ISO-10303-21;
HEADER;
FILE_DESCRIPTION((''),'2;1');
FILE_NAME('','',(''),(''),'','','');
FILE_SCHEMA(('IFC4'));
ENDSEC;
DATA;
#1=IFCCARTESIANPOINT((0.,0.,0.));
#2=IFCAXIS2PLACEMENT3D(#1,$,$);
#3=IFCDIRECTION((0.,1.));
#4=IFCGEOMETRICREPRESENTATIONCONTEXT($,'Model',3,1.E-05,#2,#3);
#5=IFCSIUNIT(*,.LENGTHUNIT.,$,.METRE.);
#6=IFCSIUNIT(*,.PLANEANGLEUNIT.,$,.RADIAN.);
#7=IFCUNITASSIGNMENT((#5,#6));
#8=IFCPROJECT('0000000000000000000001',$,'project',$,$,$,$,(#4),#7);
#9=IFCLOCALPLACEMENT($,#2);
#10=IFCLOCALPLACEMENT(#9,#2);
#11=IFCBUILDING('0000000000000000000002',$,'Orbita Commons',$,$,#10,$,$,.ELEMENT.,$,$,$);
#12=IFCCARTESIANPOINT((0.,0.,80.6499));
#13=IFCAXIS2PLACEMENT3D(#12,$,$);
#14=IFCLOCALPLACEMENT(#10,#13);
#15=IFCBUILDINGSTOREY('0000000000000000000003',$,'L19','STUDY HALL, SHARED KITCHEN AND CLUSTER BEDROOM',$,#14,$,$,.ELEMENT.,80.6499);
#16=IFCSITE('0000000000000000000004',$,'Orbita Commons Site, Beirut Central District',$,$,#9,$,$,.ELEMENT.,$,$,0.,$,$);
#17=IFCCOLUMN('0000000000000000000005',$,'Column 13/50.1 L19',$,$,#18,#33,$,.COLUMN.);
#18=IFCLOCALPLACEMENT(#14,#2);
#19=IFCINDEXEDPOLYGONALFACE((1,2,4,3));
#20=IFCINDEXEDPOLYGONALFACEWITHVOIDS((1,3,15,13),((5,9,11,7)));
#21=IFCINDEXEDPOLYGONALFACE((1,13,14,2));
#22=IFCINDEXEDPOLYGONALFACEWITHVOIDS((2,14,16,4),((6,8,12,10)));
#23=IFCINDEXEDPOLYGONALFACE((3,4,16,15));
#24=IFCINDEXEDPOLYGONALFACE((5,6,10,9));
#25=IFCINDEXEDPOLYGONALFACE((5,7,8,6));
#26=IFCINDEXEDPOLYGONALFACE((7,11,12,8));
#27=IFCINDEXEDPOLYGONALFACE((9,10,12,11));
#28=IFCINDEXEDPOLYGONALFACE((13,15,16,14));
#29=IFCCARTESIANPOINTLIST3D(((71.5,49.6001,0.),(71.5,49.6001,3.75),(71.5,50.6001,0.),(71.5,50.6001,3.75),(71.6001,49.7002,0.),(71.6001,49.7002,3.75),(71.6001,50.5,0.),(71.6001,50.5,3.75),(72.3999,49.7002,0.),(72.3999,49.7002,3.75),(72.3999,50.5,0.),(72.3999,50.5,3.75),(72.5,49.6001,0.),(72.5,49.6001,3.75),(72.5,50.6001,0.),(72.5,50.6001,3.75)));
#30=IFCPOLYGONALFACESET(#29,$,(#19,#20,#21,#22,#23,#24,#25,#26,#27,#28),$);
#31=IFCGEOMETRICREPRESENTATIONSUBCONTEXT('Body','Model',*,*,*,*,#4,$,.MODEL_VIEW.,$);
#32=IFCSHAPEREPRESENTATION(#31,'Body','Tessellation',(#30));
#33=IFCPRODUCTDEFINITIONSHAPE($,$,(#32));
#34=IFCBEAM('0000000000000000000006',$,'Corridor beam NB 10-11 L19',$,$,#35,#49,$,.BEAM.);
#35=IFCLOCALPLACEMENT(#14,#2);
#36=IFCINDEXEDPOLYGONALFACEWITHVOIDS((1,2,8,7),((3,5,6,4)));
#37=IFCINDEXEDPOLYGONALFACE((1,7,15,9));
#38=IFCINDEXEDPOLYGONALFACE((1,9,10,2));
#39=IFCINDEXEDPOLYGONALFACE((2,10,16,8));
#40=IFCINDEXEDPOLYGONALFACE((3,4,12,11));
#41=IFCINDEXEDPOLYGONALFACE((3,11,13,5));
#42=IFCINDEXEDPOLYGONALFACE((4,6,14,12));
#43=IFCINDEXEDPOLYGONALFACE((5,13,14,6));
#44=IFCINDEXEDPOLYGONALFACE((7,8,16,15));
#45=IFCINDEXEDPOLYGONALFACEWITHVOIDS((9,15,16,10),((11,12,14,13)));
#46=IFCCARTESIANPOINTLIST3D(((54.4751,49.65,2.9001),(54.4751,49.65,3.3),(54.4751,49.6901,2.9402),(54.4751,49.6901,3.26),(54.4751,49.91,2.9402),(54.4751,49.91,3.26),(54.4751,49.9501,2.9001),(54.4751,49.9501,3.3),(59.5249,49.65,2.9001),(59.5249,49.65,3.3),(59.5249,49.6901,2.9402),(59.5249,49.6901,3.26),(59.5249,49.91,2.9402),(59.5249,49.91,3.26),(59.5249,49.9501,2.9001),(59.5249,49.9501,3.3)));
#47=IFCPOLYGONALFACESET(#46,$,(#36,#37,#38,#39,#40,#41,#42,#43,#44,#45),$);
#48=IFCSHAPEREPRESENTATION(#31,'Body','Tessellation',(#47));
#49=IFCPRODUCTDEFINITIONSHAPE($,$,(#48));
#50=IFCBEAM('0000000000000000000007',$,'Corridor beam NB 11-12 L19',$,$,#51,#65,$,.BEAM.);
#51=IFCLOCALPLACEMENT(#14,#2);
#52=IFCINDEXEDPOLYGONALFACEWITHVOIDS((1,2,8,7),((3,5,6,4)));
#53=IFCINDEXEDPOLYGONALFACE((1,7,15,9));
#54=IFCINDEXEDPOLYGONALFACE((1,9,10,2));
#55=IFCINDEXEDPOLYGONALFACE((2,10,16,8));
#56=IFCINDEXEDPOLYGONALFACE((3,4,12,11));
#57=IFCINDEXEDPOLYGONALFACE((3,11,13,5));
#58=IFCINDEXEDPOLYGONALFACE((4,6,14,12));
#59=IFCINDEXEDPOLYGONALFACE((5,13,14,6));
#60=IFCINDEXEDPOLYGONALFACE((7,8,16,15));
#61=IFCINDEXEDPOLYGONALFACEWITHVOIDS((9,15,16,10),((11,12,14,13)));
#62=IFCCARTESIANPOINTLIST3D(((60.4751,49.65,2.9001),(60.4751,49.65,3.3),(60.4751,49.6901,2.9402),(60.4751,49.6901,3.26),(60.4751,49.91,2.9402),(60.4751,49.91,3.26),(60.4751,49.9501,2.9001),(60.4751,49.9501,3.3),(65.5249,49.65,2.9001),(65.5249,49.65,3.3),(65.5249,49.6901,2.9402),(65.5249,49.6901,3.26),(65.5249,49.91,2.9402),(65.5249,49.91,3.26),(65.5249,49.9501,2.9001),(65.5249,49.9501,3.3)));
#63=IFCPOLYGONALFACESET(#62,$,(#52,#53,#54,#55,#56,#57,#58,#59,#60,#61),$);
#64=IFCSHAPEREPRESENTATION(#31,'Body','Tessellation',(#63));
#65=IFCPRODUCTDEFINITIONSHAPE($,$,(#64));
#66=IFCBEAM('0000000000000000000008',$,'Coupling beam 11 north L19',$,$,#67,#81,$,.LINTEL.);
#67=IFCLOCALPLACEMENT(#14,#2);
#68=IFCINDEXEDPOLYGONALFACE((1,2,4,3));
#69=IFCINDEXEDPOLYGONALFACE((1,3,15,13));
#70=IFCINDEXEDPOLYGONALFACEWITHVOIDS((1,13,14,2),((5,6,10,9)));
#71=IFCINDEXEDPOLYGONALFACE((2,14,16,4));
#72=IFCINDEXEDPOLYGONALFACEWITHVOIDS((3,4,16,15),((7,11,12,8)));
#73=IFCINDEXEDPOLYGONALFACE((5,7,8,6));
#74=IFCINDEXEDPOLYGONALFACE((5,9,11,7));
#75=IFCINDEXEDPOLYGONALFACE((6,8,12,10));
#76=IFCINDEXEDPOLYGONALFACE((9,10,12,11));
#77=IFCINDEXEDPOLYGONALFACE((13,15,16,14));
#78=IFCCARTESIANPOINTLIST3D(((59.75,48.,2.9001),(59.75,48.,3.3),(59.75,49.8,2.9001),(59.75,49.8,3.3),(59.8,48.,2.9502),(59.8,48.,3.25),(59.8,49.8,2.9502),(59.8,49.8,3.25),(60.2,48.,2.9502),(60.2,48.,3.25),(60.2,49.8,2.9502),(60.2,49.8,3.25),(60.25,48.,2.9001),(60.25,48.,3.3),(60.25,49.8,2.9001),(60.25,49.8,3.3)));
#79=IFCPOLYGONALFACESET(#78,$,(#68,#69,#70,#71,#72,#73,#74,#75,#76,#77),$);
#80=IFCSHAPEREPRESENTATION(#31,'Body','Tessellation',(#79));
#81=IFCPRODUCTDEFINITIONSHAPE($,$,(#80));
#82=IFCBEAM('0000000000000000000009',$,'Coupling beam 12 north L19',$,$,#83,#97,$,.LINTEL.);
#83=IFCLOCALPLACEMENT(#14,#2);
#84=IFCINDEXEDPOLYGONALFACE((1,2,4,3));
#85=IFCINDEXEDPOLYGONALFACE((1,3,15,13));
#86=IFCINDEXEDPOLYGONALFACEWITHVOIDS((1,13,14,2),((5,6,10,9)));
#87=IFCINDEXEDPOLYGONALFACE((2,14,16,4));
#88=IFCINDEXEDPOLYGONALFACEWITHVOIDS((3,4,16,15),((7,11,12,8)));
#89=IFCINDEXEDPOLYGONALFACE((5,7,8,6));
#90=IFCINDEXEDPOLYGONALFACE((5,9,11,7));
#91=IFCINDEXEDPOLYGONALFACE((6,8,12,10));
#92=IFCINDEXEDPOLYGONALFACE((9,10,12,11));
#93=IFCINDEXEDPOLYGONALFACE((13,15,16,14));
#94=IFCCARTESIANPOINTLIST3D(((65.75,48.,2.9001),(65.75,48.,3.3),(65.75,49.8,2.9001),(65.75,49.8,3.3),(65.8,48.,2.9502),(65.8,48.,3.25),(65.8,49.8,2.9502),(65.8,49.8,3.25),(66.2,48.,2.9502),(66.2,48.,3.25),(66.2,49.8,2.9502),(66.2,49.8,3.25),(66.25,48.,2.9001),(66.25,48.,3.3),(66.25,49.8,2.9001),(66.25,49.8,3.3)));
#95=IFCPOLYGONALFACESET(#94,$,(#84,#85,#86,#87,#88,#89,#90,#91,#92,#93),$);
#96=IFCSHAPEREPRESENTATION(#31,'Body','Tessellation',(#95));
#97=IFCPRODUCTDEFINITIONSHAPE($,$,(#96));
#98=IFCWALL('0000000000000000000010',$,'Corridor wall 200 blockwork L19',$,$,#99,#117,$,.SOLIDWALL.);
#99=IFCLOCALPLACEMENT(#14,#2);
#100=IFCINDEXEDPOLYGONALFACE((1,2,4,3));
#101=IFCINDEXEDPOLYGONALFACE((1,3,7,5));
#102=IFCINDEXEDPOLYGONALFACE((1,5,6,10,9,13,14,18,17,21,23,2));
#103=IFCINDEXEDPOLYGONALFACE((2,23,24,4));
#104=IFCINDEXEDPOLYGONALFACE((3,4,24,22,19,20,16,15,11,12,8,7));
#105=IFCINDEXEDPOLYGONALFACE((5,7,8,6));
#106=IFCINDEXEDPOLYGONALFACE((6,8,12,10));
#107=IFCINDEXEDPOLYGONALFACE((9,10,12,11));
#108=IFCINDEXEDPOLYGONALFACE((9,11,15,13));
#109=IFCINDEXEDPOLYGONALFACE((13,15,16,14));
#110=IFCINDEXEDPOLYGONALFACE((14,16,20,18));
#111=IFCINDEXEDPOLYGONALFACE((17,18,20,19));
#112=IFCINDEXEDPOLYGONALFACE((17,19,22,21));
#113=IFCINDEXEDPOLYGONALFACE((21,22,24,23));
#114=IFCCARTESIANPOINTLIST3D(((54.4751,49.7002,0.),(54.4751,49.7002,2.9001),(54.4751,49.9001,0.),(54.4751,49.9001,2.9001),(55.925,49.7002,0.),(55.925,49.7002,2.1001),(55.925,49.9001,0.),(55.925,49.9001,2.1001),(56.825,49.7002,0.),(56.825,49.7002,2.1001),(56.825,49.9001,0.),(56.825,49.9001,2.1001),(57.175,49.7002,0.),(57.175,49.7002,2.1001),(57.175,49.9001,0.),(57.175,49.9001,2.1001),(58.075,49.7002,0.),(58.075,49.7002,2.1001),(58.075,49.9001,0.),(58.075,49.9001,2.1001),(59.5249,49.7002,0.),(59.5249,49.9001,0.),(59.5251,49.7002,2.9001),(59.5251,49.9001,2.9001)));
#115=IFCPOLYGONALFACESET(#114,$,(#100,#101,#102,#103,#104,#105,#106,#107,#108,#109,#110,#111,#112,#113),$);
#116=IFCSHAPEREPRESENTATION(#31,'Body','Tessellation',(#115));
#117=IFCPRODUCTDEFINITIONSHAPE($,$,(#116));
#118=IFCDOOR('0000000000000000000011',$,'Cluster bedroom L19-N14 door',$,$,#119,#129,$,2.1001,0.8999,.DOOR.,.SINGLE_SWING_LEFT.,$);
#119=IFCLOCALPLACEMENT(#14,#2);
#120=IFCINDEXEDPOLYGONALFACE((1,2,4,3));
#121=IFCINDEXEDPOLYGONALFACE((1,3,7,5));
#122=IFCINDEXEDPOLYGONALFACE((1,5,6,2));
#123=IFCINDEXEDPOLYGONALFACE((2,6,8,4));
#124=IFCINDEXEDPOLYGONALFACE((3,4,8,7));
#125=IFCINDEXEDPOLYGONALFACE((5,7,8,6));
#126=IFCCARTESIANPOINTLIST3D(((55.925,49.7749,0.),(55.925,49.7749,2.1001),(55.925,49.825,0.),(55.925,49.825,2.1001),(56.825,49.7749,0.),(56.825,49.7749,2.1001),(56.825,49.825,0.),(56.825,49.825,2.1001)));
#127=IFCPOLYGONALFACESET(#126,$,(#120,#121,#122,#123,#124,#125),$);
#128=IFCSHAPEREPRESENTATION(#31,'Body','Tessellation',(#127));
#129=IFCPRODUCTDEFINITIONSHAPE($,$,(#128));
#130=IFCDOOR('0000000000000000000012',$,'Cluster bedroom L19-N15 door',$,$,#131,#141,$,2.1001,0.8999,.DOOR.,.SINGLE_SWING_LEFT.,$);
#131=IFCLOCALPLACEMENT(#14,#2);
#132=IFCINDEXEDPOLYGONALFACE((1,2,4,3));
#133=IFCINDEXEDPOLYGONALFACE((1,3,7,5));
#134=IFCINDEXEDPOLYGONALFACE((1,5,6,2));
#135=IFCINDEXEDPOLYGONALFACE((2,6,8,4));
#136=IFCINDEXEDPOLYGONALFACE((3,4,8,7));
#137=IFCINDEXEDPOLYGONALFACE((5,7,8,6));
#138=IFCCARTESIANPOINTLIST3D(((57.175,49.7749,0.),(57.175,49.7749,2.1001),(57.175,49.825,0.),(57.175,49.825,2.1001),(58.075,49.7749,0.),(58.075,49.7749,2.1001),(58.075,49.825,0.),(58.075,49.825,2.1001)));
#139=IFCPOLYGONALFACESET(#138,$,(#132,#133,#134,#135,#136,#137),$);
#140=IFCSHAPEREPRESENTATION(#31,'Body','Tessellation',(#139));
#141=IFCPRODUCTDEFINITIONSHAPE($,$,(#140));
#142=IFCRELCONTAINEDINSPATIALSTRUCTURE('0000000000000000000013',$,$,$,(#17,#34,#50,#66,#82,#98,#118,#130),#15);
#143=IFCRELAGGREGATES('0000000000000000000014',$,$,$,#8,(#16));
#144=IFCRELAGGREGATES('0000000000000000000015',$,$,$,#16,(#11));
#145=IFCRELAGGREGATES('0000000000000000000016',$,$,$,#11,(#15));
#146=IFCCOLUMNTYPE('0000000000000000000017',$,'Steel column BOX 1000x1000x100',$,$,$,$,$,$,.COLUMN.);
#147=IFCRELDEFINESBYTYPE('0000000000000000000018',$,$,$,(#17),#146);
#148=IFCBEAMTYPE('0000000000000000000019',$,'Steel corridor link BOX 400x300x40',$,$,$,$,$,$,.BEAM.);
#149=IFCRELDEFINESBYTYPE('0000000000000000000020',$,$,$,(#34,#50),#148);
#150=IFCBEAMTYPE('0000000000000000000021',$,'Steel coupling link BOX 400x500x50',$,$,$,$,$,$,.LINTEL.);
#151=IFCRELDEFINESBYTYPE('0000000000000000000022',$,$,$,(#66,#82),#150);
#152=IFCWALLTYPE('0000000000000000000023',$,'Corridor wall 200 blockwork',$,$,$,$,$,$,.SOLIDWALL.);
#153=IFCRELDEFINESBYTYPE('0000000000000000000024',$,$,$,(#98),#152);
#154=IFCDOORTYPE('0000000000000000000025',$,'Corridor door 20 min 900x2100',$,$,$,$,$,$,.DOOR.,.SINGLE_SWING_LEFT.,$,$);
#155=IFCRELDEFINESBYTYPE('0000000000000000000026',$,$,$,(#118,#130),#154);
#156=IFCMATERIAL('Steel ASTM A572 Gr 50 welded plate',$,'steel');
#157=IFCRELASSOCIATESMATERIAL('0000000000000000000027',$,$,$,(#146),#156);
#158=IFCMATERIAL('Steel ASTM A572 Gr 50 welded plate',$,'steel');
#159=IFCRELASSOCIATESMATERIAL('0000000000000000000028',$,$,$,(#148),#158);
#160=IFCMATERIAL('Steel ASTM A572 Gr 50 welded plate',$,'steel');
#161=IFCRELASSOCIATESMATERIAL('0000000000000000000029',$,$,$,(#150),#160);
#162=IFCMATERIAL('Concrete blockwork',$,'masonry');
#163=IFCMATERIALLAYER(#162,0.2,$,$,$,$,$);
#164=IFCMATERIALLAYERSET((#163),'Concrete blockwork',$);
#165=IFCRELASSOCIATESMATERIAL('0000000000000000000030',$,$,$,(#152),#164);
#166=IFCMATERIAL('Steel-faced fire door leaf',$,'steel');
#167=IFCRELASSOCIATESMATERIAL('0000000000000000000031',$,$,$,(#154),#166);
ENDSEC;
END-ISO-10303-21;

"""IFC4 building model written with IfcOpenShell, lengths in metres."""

from ifc_helpers import new_model, si_unit, direction, frame, frame_2d, origin, origin_2d, place, context, subcontext, project, spatial, polyline, rectangle, hollow_rectangle, outline, extrude, material, layer, layer_set, material_profile, profile_set, type_object, element, fill, save


model = new_model("IFC4")

# Units and contexts
model_context = context("Model", 3, precision=1e-05, world=origin(), true_north=direction((0.0, 1.0)))
body_context = subcontext(model_context, "Body", "Model", "MODEL_VIEW")
ifc_project = project(units=[si_unit("LENGTHUNIT", "METRE"), si_unit("PLANEANGLEUNIT", "RADIAN")], contexts=[model_context])

# Site, building, storey
site_placement = place(None, origin())
site = spatial("IfcSite", under=ifc_project, at=site_placement, Name="Orbita Commons Site, Beirut Central District", CompositionType="ELEMENT", RefElevation=0.0)
building_placement = place(site_placement, origin())
building = spatial("IfcBuilding", under=site, at=building_placement, Name="Orbita Commons", CompositionType="ELEMENT")
storey_placement = place(building_placement, frame((0.0, 0.0, 80.6499)))
storey = spatial("IfcBuildingStorey", under=building, at=storey_placement, Name="L19", Description="STUDY HALL, SHARED KITCHEN AND CLUSTER BEDROOM", CompositionType="ELEMENT", Elevation=80.6499)

# Column
ifc_material_1 = material(Name="Steel ASTM A572 Gr 50 welded plate", Category="steel")
ifc_material_profile_1 = material_profile(ifc_material_1, hollow_rectangle(XDim=1.0, YDim=1.0, WallThickness=0.1001, at=origin_2d()), Name="BOX 1000x1000x100")
ifc_profile_set_1 = profile_set([ifc_material_profile_1], Name="Steel ASTM A572 Gr 50 welded plate")
column_type = type_object("IfcColumnType", Name="Steel column BOX 1000x1000x100", PredefinedType="COLUMN", material=ifc_profile_set_1)
column_placement = place(storey_placement, frame((72.0, 50.1001, 0.0), z_axis=(0.0, 0.0, 1.0), x_axis=(1.0, 0.0, 0.0)))
element("IfcColumn", 1, at=column_placement, inside=storey, type_object=column_type, Name="Column 13/50.1 L19", PredefinedType="COLUMN", context=body_context, shape_type="SweptSolid", body=[
    extrude(hollow_rectangle(XDim=1.0, YDim=1.0, WallThickness=0.1001, at=origin_2d()), origin(), (0.0, 0.0, 1.0), 3.75),
])

# Beams
ifc_material_2 = material(Name="Steel ASTM A572 Gr 50 welded plate", Category="steel")
ifc_material_profile_2 = material_profile(ifc_material_2, hollow_rectangle(XDim=0.3, YDim=0.3999, WallThickness=0.04, at=origin_2d()), Name="BOX 400x300x40")
ifc_profile_set_2 = profile_set([ifc_material_profile_2], Name="Steel ASTM A572 Gr 50 welded plate")
beam_type_1 = type_object("IfcBeamType", Name="Steel corridor link BOX 400x300x40", PredefinedType="BEAM", material=ifc_profile_set_2)
for number, where, z_axis, x_axis, name in (
    (2, (54.4751, 49.8, 3.1001), (1.0, 0.0, 0.0), (0.0, 1.0, 0.0), "Corridor beam NB 10-11 L19"),
    (3, (60.4751, 49.8, 3.1001), (1.0, 0.0, 0.0), (0.0, 1.0, 0.0), "Corridor beam NB 11-12 L19"),
):
    element("IfcBeam", number, at=place(storey_placement, frame(where, z_axis=z_axis, x_axis=x_axis)), inside=storey, type_object=beam_type_1, Name=name, PredefinedType="BEAM", context=body_context, shape_type="SweptSolid", body=[
        extrude(hollow_rectangle(XDim=0.3, YDim=0.3999, WallThickness=0.04, at=origin_2d()), origin(), (0.0, 0.0, 1.0), 5.0498),
    ])
ifc_material_3 = material(Name="Steel ASTM A572 Gr 50 welded plate", Category="steel")
ifc_material_profile_3 = material_profile(ifc_material_3, hollow_rectangle(XDim=0.5, YDim=0.3999, WallThickness=0.05, at=origin_2d()), Name="BOX 400x500x50")
ifc_profile_set_3 = profile_set([ifc_material_profile_3], Name="Steel ASTM A572 Gr 50 welded plate")
beam_type_2 = type_object("IfcBeamType", Name="Steel coupling link BOX 400x500x50", PredefinedType="LINTEL", material=ifc_profile_set_3)
for number, where, z_axis, x_axis, name in (
    (4, (60.0, 48.0, 3.1001), (0.0, 1.0, 0.0), (-1.0, 0.0, 0.0), "Coupling beam 11 north L19"),
    (5, (66.0, 48.0, 3.1001), (0.0, 1.0, 0.0), (-1.0, 0.0, 0.0), "Coupling beam 12 north L19"),
):
    element("IfcBeam", number, at=place(storey_placement, frame(where, z_axis=z_axis, x_axis=x_axis)), inside=storey, type_object=beam_type_2, Name=name, PredefinedType="LINTEL", context=body_context, shape_type="SweptSolid", body=[
        extrude(hollow_rectangle(XDim=0.5, YDim=0.3999, WallThickness=0.05, at=origin_2d()), origin(), (0.0, 0.0, 1.0), 1.8),
    ])

# Wall, openings, doors
ifc_material_4 = material(Name="Concrete blockwork", Category="masonry")
ifc_layer_1 = layer(ifc_material_4, 0.2)
ifc_layer_set_1 = layer_set([ifc_layer_1], Name="Concrete blockwork")
wall_type_1 = type_object("IfcWallType", Name="Corridor wall 200 blockwork", PredefinedType="SOLIDWALL", material=ifc_layer_set_1)
wall_1_placement = place(storey_placement, frame((54.4751, 49.8, 0.0), z_axis=(0.0, 0.0, 1.0), x_axis=(1.0, 0.0, 0.0)))
wall_1 = element("IfcWall", 6, at=wall_1_placement, inside=storey, type_object=wall_type_1, Name="Corridor wall 200 blockwork L19", PredefinedType="SOLIDWALL", context=body_context, shape_type="SweptSolid", body=[
    extrude(outline(polyline([(0.0, 0.0), (5.0498, 0.0), (5.05, 2.9001), (0.0, 2.9001), (0.0, 0.0)])), frame((0.0, 0.1001, 0.0), z_axis=(0.0, -1.0, 0.0), x_axis=(1.0, 0.0, 0.0)), (0.0, 0.0, 1.0), 0.2),
])
opening_1_placement = place(wall_1_placement, frame((1.45, 0.0, 0.0)))
opening_1 = element("IfcOpeningElement", 7, at=opening_1_placement, cuts=wall_1, PredefinedType="OPENING", context=body_context, shape_type="SweptSolid", body=[
    extrude(rectangle(XDim=0.8999, YDim=2.1001, at=frame_2d((0.45, 1.05))), frame((0.0, 0.1099, 0.0), z_axis=(0.0, -1.0, 0.0), x_axis=(1.0, 0.0, 0.0)), (0.0, 0.0, 1.0), 0.22),
])
opening_2_placement = place(wall_1_placement, frame((2.7, 0.0, 0.0)))
opening_2 = element("IfcOpeningElement", 8, at=opening_2_placement, cuts=wall_1, PredefinedType="OPENING", context=body_context, shape_type="SweptSolid", body=[
    extrude(rectangle(XDim=0.8999, YDim=2.1001, at=frame_2d((0.45, 1.05))), frame((0.0, 0.1099, 0.0), z_axis=(0.0, -1.0, 0.0), x_axis=(1.0, 0.0, 0.0)), (0.0, 0.0, 1.0), 0.22),
])
ifc_material_5 = material(Name="Steel-faced fire door leaf", Category="steel")
door_type_1 = type_object("IfcDoorType", Name="Corridor door 20 min 900x2100", OperationType="SINGLE_SWING_LEFT", PredefinedType="DOOR", material=ifc_material_5)
door_1_placement = place(opening_1_placement, origin())
door_1 = element("IfcDoor", 9, at=door_1_placement, inside=storey, type_object=door_type_1, Name="Cluster bedroom L19-N14 door", OperationType="SINGLE_SWING_LEFT", OverallHeight=2.1001, OverallWidth=0.8999, PredefinedType="DOOR", context=body_context, shape_type="SweptSolid", body=[
    extrude(rectangle(XDim=0.8999, YDim=2.1001, at=frame_2d((0.45, 1.05))), frame((0.0, 0.0249, 0.0), z_axis=(0.0, -1.0, 0.0), x_axis=(1.0, 0.0, 0.0)), (0.0, 0.0, 1.0), 0.05),
])
fill(opening_1, door_1)
door_2_placement = place(opening_2_placement, origin())
door_2 = element("IfcDoor", 10, at=door_2_placement, inside=storey, type_object=door_type_1, Name="Cluster bedroom L19-N15 door", OperationType="SINGLE_SWING_LEFT", OverallHeight=2.1001, OverallWidth=0.8999, PredefinedType="DOOR", context=body_context, shape_type="SweptSolid", body=[
    extrude(rectangle(XDim=0.8999, YDim=2.1001, at=frame_2d((0.45, 1.05))), frame((0.0, 0.0249, 0.0), z_axis=(0.0, -1.0, 0.0), x_axis=(1.0, 0.0, 0.0)), (0.0, 0.0, 1.0), 0.05),
])
fill(opening_2, door_2)

save(model, "model.ifc")
